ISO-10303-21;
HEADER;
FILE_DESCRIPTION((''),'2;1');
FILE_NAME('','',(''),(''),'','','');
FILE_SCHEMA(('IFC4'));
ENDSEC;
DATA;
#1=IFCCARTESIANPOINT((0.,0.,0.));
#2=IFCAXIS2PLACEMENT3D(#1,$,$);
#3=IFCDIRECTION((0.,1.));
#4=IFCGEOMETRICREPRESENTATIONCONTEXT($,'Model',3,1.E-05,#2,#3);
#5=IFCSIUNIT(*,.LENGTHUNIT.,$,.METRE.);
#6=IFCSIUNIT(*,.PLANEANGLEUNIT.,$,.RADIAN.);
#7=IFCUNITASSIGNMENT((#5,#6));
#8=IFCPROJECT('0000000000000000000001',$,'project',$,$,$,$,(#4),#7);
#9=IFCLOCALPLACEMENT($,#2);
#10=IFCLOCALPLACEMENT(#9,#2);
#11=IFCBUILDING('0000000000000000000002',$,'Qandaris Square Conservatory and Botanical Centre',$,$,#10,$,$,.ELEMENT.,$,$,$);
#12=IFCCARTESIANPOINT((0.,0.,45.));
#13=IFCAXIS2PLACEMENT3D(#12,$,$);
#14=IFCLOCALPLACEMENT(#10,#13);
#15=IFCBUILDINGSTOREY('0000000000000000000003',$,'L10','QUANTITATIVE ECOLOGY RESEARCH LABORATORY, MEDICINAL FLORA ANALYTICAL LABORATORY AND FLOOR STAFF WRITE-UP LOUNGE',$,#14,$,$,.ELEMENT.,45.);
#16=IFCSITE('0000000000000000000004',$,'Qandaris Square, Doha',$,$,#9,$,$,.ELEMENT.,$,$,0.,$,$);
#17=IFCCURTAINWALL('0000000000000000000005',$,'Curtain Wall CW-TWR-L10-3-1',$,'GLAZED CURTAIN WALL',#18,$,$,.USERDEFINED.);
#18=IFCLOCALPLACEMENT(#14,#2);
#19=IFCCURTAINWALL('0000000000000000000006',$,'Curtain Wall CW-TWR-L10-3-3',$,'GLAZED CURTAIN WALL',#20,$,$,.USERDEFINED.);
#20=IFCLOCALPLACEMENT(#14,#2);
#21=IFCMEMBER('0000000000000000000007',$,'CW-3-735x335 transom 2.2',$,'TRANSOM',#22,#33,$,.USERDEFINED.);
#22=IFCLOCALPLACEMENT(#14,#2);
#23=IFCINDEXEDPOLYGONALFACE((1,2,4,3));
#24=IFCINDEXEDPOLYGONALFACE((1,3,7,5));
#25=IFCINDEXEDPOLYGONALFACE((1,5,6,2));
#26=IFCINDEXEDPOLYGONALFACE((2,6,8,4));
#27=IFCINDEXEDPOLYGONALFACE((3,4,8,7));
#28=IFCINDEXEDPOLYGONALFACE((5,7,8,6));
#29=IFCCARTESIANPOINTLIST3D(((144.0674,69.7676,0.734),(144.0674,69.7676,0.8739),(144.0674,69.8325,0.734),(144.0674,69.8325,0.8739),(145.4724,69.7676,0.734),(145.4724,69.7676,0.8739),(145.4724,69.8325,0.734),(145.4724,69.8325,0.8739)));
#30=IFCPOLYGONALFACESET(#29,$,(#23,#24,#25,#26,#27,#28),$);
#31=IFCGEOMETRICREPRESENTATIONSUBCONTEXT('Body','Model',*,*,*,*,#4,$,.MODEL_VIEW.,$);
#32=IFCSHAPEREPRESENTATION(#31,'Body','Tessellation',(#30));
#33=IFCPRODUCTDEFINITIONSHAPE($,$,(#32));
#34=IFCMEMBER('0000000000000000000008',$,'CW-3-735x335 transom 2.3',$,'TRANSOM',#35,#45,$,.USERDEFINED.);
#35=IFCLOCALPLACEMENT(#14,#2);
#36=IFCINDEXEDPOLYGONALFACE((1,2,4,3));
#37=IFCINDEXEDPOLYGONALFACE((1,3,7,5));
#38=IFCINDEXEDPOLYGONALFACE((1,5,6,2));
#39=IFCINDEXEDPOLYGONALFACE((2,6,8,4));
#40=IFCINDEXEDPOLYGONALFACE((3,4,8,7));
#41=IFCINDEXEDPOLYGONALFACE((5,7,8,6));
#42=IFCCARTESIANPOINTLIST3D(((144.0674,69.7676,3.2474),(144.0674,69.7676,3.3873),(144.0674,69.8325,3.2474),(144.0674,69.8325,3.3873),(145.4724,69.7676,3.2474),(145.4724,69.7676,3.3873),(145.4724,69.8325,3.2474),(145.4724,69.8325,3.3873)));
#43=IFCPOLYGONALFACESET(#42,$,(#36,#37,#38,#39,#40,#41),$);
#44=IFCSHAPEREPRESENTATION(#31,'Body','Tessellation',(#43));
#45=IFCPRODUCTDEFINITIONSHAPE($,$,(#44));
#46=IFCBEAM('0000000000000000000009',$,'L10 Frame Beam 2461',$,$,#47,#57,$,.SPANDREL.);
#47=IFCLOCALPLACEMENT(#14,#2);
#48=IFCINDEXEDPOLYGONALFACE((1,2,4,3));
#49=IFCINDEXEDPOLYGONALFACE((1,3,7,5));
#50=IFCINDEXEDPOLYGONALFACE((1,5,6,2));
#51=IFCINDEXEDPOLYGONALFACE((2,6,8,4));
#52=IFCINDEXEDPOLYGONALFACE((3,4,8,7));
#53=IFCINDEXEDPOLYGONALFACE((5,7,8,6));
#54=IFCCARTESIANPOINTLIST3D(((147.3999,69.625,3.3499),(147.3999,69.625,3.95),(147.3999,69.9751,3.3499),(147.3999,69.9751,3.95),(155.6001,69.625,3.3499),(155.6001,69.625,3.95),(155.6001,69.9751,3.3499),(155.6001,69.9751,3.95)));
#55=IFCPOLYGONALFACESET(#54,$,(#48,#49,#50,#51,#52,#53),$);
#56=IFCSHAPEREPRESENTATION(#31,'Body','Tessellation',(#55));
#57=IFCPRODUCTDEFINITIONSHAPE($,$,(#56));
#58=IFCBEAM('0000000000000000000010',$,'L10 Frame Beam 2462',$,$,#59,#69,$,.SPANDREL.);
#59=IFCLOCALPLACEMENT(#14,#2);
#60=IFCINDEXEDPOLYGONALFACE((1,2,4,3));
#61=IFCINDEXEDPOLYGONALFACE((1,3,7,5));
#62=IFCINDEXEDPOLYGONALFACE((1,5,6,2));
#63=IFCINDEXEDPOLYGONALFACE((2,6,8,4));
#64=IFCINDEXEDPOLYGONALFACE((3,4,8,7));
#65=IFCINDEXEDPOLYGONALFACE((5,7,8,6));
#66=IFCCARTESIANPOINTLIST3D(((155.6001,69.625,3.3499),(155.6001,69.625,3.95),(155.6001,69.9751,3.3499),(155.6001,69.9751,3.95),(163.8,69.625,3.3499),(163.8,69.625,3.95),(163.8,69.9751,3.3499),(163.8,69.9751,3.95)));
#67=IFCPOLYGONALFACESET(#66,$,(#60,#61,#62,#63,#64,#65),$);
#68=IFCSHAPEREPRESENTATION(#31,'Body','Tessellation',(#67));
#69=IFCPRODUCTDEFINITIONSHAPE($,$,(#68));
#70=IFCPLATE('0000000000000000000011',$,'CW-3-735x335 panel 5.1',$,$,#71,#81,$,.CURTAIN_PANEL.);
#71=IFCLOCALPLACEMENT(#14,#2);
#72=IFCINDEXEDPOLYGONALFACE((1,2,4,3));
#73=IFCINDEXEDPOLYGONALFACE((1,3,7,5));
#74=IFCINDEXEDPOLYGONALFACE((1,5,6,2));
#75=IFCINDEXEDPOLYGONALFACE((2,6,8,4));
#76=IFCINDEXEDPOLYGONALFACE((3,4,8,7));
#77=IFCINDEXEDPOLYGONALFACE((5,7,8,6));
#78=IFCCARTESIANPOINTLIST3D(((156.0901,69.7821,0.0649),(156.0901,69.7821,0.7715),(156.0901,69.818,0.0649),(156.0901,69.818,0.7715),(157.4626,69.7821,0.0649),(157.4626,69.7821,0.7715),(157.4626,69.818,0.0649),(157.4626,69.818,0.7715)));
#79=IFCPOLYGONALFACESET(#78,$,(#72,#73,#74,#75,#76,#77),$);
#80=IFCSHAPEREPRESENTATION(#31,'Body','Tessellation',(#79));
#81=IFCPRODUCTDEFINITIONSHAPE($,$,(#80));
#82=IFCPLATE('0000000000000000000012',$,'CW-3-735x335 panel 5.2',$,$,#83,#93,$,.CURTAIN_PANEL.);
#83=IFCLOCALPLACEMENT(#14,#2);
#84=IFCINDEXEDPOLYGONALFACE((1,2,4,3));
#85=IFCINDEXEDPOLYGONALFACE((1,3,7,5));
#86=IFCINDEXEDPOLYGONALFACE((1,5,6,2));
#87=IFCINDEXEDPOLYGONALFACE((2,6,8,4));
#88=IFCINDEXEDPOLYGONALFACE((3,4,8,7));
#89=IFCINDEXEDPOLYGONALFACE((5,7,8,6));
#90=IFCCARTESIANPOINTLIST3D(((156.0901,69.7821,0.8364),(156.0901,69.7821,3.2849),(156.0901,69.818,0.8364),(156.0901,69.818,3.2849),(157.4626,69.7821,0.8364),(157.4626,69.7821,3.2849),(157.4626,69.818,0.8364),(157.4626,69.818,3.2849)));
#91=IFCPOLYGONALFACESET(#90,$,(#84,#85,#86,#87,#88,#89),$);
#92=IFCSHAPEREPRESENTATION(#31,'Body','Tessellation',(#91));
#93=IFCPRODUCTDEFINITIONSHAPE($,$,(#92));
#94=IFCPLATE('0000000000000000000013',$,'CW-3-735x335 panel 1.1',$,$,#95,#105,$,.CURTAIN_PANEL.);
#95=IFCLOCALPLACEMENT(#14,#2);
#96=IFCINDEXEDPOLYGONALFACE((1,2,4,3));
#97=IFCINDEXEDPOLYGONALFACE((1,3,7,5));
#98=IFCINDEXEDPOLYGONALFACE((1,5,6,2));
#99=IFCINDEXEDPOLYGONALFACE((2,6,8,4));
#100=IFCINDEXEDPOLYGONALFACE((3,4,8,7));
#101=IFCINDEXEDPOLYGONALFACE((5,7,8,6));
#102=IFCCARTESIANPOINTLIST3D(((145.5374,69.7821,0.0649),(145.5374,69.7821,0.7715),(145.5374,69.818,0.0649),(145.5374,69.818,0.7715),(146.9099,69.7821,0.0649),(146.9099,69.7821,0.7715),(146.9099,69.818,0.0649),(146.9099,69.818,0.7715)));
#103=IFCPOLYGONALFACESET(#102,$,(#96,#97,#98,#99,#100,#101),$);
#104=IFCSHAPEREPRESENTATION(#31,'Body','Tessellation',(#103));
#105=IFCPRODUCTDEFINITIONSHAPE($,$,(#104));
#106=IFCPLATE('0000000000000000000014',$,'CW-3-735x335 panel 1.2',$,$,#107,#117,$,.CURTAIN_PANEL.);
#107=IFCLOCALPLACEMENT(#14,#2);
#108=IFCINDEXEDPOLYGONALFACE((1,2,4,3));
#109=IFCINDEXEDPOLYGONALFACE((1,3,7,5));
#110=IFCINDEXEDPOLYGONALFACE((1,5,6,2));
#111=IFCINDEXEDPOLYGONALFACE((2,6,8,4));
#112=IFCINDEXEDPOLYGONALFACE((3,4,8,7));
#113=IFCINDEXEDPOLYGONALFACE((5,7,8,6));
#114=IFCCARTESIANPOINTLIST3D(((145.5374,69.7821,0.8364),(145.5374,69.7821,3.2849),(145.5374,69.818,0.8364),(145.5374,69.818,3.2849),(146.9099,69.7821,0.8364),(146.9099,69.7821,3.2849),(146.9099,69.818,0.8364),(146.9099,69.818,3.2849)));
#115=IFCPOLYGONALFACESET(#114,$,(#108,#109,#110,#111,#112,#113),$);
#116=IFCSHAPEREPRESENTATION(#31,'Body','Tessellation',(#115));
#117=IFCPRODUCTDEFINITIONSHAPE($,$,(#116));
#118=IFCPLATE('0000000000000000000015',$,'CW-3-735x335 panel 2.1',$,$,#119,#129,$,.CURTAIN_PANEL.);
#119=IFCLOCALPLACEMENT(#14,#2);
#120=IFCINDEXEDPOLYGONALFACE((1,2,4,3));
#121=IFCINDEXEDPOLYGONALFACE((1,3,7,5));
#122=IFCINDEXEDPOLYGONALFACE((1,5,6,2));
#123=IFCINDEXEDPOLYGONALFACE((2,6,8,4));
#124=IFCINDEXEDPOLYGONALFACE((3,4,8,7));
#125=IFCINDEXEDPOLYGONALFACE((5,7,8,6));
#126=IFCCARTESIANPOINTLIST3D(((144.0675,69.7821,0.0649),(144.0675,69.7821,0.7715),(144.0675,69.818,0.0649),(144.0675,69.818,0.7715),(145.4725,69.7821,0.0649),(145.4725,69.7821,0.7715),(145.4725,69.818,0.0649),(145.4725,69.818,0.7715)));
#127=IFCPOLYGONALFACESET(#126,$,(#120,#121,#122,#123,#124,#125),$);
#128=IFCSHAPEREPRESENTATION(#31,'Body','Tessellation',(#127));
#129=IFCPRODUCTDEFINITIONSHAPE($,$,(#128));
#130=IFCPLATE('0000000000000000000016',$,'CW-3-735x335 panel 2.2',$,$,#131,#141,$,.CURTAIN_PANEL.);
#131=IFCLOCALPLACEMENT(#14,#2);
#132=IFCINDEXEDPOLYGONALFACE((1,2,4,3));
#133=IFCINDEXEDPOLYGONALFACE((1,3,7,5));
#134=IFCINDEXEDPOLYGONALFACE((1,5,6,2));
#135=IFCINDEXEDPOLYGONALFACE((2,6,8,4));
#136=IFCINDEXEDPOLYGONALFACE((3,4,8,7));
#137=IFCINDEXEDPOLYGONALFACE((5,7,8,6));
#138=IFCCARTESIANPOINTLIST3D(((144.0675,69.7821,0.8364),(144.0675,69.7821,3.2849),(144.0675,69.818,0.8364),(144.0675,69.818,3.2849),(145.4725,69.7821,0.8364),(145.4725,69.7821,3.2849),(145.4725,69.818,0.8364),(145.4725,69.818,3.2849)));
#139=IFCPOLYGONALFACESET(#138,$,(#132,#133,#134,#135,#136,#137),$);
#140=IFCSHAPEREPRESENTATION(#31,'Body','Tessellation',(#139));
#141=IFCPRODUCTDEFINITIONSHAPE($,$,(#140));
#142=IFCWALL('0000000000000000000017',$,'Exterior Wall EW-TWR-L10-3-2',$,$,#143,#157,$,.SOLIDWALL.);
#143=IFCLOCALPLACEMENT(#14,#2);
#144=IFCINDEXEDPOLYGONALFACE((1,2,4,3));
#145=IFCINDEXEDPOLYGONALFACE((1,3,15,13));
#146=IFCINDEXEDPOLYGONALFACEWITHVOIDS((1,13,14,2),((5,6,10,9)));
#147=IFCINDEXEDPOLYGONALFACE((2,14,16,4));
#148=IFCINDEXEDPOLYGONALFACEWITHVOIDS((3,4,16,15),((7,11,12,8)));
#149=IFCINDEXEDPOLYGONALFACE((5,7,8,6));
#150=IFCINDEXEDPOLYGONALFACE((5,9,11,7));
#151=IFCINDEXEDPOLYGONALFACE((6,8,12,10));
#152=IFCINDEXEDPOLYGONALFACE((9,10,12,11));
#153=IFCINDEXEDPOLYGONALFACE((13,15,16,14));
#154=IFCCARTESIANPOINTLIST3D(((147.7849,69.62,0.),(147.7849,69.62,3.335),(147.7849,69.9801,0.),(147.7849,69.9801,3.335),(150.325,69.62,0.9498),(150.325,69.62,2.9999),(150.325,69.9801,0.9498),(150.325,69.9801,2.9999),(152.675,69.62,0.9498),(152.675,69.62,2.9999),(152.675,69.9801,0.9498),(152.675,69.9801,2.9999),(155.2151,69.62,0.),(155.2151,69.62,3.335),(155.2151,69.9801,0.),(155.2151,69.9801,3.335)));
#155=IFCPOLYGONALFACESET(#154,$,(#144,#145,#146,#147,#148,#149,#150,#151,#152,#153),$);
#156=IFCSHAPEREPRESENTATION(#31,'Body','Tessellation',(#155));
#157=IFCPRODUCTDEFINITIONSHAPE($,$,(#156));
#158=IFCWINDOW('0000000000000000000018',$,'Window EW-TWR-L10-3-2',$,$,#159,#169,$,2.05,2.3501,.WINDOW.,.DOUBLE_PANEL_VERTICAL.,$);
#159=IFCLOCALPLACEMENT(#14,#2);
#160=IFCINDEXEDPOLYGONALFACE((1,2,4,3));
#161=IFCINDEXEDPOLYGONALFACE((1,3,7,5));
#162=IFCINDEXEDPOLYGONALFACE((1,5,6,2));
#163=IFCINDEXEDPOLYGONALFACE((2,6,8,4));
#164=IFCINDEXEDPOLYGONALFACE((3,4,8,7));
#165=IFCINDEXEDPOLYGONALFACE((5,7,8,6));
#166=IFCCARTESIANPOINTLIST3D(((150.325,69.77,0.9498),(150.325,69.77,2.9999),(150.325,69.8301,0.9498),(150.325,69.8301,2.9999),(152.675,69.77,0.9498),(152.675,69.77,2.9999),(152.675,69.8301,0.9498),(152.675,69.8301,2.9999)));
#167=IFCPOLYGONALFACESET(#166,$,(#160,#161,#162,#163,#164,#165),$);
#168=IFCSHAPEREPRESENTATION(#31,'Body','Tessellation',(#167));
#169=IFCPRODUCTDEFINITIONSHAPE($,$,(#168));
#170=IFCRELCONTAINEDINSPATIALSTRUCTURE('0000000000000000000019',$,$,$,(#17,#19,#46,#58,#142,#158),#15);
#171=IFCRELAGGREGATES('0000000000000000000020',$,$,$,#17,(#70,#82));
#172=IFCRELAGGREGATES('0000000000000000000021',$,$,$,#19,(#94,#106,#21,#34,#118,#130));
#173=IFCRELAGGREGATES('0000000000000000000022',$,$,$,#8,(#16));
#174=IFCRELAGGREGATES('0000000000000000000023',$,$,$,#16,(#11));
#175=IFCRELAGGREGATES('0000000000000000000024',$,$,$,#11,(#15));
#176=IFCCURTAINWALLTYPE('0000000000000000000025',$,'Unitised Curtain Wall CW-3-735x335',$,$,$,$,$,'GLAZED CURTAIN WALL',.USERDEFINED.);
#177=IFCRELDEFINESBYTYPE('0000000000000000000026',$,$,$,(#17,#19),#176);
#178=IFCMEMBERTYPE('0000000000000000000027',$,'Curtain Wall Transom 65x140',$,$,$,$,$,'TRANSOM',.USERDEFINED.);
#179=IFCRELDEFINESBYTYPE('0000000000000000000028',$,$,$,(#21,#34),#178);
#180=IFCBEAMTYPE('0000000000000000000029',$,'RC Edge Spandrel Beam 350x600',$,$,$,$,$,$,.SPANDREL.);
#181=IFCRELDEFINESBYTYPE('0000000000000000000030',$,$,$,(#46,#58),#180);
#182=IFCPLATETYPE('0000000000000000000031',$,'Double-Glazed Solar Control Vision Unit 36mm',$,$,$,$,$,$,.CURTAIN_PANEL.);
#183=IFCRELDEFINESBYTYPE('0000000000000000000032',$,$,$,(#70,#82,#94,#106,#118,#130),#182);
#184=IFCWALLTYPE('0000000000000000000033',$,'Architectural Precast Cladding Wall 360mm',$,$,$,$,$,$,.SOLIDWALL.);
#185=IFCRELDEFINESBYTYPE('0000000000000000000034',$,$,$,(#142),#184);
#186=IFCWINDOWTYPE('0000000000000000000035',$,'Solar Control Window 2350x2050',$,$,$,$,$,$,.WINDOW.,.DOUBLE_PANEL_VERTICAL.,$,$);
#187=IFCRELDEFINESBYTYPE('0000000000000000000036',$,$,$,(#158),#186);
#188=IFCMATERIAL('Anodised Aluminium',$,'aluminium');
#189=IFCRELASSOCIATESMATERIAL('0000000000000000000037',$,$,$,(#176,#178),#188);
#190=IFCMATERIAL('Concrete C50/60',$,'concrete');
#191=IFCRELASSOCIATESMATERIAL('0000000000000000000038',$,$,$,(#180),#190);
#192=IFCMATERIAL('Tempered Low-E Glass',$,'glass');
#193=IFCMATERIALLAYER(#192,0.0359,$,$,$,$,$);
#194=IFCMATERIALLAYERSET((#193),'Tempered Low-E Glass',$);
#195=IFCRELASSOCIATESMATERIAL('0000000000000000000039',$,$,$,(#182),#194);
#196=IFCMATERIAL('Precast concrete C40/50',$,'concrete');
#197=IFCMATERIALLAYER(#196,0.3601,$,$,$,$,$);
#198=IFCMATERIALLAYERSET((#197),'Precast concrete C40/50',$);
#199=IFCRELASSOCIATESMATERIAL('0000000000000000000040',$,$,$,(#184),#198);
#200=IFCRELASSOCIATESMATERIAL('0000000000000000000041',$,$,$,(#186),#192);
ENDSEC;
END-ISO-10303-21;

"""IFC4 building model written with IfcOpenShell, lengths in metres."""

from ifc_helpers import new_model, si_unit, direction, frame, frame_2d, origin, origin_2d, place, context, subcontext, project, spatial, rectangle, extrude, material, layer, layer_set, material_profile, profile_set, type_object, element, fill, aggregate, save


model = new_model("IFC4")

# Units and contexts
model_context = context("Model", 3, precision=1e-05, world=origin(), true_north=direction((0.0, 1.0)))
body_context = subcontext(model_context, "Body", "Model", "MODEL_VIEW")
ifc_project = project(units=[si_unit("LENGTHUNIT", "METRE"), si_unit("PLANEANGLEUNIT", "RADIAN")], contexts=[model_context])

# Site, building, storey
site_placement = place(None, origin())
site = spatial("IfcSite", under=ifc_project, at=site_placement, Name="Qandaris Square, Doha", CompositionType="ELEMENT", RefElevation=0.0)
building_placement = place(site_placement, origin())
building = spatial("IfcBuilding", under=site, at=building_placement, Name="Qandaris Square Conservatory and Botanical Centre", CompositionType="ELEMENT")
storey_placement = place(building_placement, frame((0.0, 0.0, 45.0)))
storey = spatial("IfcBuildingStorey", under=building, at=storey_placement, Name="L10", Description="QUANTITATIVE ECOLOGY RESEARCH LABORATORY, MEDICINAL FLORA ANALYTICAL LABORATORY AND FLOOR STAFF WRITE-UP LOUNGE", CompositionType="ELEMENT", Elevation=45.0)

# Shared definitions
ifc_material_1 = material(Name="Concrete C50/60", Category="concrete")

# Curtain wall
ifc_material_2 = material(Name="Anodised Aluminium", Category="aluminium")
curtain_wall_type = type_object("IfcCurtainWallType", Name="Unitised Curtain Wall CW-3-735x335", ElementType="GLAZED CURTAIN WALL", PredefinedType="USERDEFINED", material=ifc_material_2)
curtain_wall_1_placement = place(storey_placement, origin())
curtain_wall_1 = element("IfcCurtainWall", 1, at=curtain_wall_1_placement, inside=storey, type_object=curtain_wall_type, Name="Curtain Wall CW-TWR-L10-3-1", ObjectType="GLAZED CURTAIN WALL", PredefinedType="USERDEFINED")

# Curtain wall
curtain_wall_2_placement = place(storey_placement, origin())
curtain_wall_2 = element("IfcCurtainWall", 2, at=curtain_wall_2_placement, inside=storey, type_object=curtain_wall_type, Name="Curtain Wall CW-TWR-L10-3-3", ObjectType="GLAZED CURTAIN WALL", PredefinedType="USERDEFINED")

# Members
ifc_material_profile_1 = material_profile(ifc_material_2, rectangle(XDim=0.0649, YDim=0.1399, at=origin_2d()), Name="ALU-TRN 65x140")
ifc_profile_set_1 = profile_set([ifc_material_profile_1], Name="Anodised Aluminium")
member_type_1 = type_object("IfcMemberType", Name="Curtain Wall Transom 65x140", ElementType="TRANSOM", PredefinedType="USERDEFINED", material=ifc_profile_set_1)
member_1_placement = place(storey_placement, frame((145.4724, 69.8, 0.804), z_axis=(-1.0, 0.0, 0.0), x_axis=(0.0, -1.0, 0.0)))
member_1 = element("IfcMember", 3, at=member_1_placement, type_object=member_type_1, Name="CW-3-735x335 transom 2.2", ObjectType="TRANSOM", PredefinedType="USERDEFINED", context=body_context, shape_type="SweptSolid", body=[
    extrude(rectangle(XDim=0.0649, YDim=0.1399, at=origin_2d()), origin(), (0.0, 0.0, 1.0), 1.405),
])
member_2_placement = place(storey_placement, frame((145.4724, 69.8, 3.3174), z_axis=(-1.0, 0.0, 0.0), x_axis=(0.0, -1.0, 0.0)))
member_2 = element("IfcMember", 4, at=member_2_placement, type_object=member_type_1, Name="CW-3-735x335 transom 2.3", ObjectType="TRANSOM", PredefinedType="USERDEFINED", context=body_context, shape_type="SweptSolid", body=[
    extrude(rectangle(XDim=0.0649, YDim=0.1399, at=origin_2d()), origin(), (0.0, 0.0, 1.0), 1.405),
])

# Beams
ifc_material_profile_2 = material_profile(ifc_material_1, rectangle(XDim=0.3501, YDim=0.6001, at=origin_2d()), Name="RC-SP 350x600")
ifc_profile_set_2 = profile_set([ifc_material_profile_2], Name="Concrete C50/60")
beam_type_1 = type_object("IfcBeamType", Name="RC Edge Spandrel Beam 350x600", PredefinedType="SPANDREL", material=ifc_profile_set_2)
beam_1_placement = place(storey_placement, frame((147.3999, 69.8, 3.6499), z_axis=(1.0, 0.0, 0.0), x_axis=(0.0, 1.0, 0.0)))
element("IfcBeam", 5, at=beam_1_placement, inside=storey, type_object=beam_type_1, Name="L10 Frame Beam 2461", PredefinedType="SPANDREL", context=body_context, shape_type="SweptSolid", body=[
    extrude(rectangle(XDim=0.3501, YDim=0.6001, at=origin_2d()), origin(), (0.0, 0.0, 1.0), 8.2002),
])
beam_2_placement = place(storey_placement, frame((155.6001, 69.8, 3.6499), z_axis=(1.0, 0.0, 0.0), x_axis=(0.0, 1.0, 0.0)))
element("IfcBeam", 6, at=beam_2_placement, inside=storey, type_object=beam_type_1, Name="L10 Frame Beam 2462", PredefinedType="SPANDREL", context=body_context, shape_type="SweptSolid", body=[
    extrude(rectangle(XDim=0.3501, YDim=0.6001, at=origin_2d()), origin(), (0.0, 0.0, 1.0), 8.2),
])

# Plates
ifc_material_3 = material(Name="Tempered Low-E Glass", Category="glass")
ifc_layer_1 = layer(ifc_material_3, 0.0359)
ifc_layer_set_1 = layer_set([ifc_layer_1], Name="Tempered Low-E Glass")
plate_type = type_object("IfcPlateType", Name="Double-Glazed Solar Control Vision Unit 36mm", PredefinedType="CURTAIN_PANEL", material=ifc_layer_set_1)
plate_1_placement = place(storey_placement, frame((156.7764, 69.8, 0.0649), z_axis=(0.0, 0.0, 1.0), x_axis=(-1.0, 0.0, 0.0)))
plate_1 = element("IfcPlate", 7, at=plate_1_placement, type_object=plate_type, Name="CW-3-735x335 panel 5.1", PredefinedType="CURTAIN_PANEL", context=body_context, shape_type="SweptSolid", body=[
    extrude(rectangle(XDim=1.3726, YDim=0.0359, at=origin_2d()), origin(), (0.0, 0.0, 1.0), 0.7065),
])
plate_2_placement = place(storey_placement, frame((156.7764, 69.8, 0.8364), z_axis=(0.0, 0.0, 1.0), x_axis=(-1.0, 0.0, 0.0)))
plate_2 = element("IfcPlate", 8, at=plate_2_placement, type_object=plate_type, Name="CW-3-735x335 panel 5.2", PredefinedType="CURTAIN_PANEL", context=body_context, shape_type="SweptSolid", body=[
    extrude(rectangle(XDim=1.3726, YDim=0.0359, at=origin_2d()), origin(), (0.0, 0.0, 1.0), 2.4485),
])
aggregate(curtain_wall_1, [plate_1, plate_2])
plate_3_placement = place(storey_placement, frame((146.2236, 69.8, 0.0649), z_axis=(0.0, 0.0, 1.0), x_axis=(-1.0, 0.0, 0.0)))
plate_3 = element("IfcPlate", 9, at=plate_3_placement, type_object=plate_type, Name="CW-3-735x335 panel 1.1", PredefinedType="CURTAIN_PANEL", context=body_context, shape_type="SweptSolid", body=[
    extrude(rectangle(XDim=1.3726, YDim=0.0359, at=origin_2d()), origin(), (0.0, 0.0, 1.0), 0.7065),
])
plate_4_placement = place(storey_placement, frame((146.2236, 69.8, 0.8364), z_axis=(0.0, 0.0, 1.0), x_axis=(-1.0, 0.0, 0.0)))
plate_4 = element("IfcPlate", 10, at=plate_4_placement, type_object=plate_type, Name="CW-3-735x335 panel 1.2", PredefinedType="CURTAIN_PANEL", context=body_context, shape_type="SweptSolid", body=[
    extrude(rectangle(XDim=1.3726, YDim=0.0359, at=origin_2d()), origin(), (0.0, 0.0, 1.0), 2.4485),
])
plate_5_placement = place(storey_placement, frame((144.77, 69.8, 0.0649), z_axis=(0.0, 0.0, 1.0), x_axis=(-1.0, 0.0, 0.0)))
plate_5 = element("IfcPlate", 11, at=plate_5_placement, type_object=plate_type, Name="CW-3-735x335 panel 2.1", PredefinedType="CURTAIN_PANEL", context=body_context, shape_type="SweptSolid", body=[
    extrude(rectangle(XDim=1.405, YDim=0.0359, at=origin_2d()), origin(), (0.0, 0.0, 1.0), 0.7065),
])
plate_6_placement = place(storey_placement, frame((144.77, 69.8, 0.8364), z_axis=(0.0, 0.0, 1.0), x_axis=(-1.0, 0.0, 0.0)))
plate_6 = element("IfcPlate", 12, at=plate_6_placement, type_object=plate_type, Name="CW-3-735x335 panel 2.2", PredefinedType="CURTAIN_PANEL", context=body_context, shape_type="SweptSolid", body=[
    extrude(rectangle(XDim=1.405, YDim=0.0359, at=origin_2d()), origin(), (0.0, 0.0, 1.0), 2.4485),
])
aggregate(curtain_wall_2, [plate_3, plate_4, member_1, member_2, plate_5, plate_6])

# Wall, opening, window
ifc_material_4 = material(Name="Precast concrete C40/50", Category="concrete")
ifc_layer_2 = layer(ifc_material_4, 0.3601)
ifc_layer_set_2 = layer_set([ifc_layer_2], Name="Precast concrete C40/50")
wall_type_1 = type_object("IfcWallType", Name="Architectural Precast Cladding Wall 360mm", PredefinedType="SOLIDWALL", material=ifc_layer_set_2)
wall_1_placement = place(storey_placement, frame((155.2151, 69.8, 0.0), z_axis=(0.0, 0.0, 1.0), x_axis=(-1.0, 0.0, 0.0)))
wall_1 = element("IfcWall", 13, at=wall_1_placement, inside=storey, type_object=wall_type_1, Name="Exterior Wall EW-TWR-L10-3-2", PredefinedType="SOLIDWALL", context=body_context, shape_type="SweptSolid", body=[
    extrude(rectangle(XDim=7.4302, YDim=0.3601, at=frame_2d((3.7151, 0.0))), origin(), (0.0, 0.0, 1.0), 3.335),
])
opening_1_placement = place(wall_1_placement, frame((2.54, 0.0, 0.95)))
opening_1 = element("IfcOpeningElement", 14, at=opening_1_placement, cuts=wall_1, PredefinedType="OPENING", context=body_context, shape_type="SweptSolid", body=[
    extrude(rectangle(XDim=2.3501, YDim=2.05, at=frame_2d((1.175, 1.0249))), frame((0.0, 0.1919, 0.0), z_axis=(0.0, -1.0, 0.0), x_axis=(1.0, 0.0, 0.0)), (0.0, 0.0, 1.0), 0.384),
])
window_type = type_object("IfcWindowType", Name="Solar Control Window 2350x2050", PartitioningType="DOUBLE_PANEL_VERTICAL", PredefinedType="WINDOW", material=ifc_material_3)
window_placement = place(opening_1_placement, origin())
window = element("IfcWindow", 15, at=window_placement, inside=storey, type_object=window_type, Name="Window EW-TWR-L10-3-2", OverallHeight=2.05, OverallWidth=2.3501, PartitioningType="DOUBLE_PANEL_VERTICAL", PredefinedType="WINDOW", context=body_context, shape_type="SweptSolid", body=[
    extrude(rectangle(XDim=2.3501, YDim=2.05, at=frame_2d((1.175, 1.0249))), frame((0.0, 0.03, 0.0), z_axis=(0.0, -1.0, 0.0), x_axis=(1.0, 0.0, 0.0)), (0.0, 0.0, 1.0), 0.0601),
])
fill(opening_1, window)

save(model, "model.ifc")
